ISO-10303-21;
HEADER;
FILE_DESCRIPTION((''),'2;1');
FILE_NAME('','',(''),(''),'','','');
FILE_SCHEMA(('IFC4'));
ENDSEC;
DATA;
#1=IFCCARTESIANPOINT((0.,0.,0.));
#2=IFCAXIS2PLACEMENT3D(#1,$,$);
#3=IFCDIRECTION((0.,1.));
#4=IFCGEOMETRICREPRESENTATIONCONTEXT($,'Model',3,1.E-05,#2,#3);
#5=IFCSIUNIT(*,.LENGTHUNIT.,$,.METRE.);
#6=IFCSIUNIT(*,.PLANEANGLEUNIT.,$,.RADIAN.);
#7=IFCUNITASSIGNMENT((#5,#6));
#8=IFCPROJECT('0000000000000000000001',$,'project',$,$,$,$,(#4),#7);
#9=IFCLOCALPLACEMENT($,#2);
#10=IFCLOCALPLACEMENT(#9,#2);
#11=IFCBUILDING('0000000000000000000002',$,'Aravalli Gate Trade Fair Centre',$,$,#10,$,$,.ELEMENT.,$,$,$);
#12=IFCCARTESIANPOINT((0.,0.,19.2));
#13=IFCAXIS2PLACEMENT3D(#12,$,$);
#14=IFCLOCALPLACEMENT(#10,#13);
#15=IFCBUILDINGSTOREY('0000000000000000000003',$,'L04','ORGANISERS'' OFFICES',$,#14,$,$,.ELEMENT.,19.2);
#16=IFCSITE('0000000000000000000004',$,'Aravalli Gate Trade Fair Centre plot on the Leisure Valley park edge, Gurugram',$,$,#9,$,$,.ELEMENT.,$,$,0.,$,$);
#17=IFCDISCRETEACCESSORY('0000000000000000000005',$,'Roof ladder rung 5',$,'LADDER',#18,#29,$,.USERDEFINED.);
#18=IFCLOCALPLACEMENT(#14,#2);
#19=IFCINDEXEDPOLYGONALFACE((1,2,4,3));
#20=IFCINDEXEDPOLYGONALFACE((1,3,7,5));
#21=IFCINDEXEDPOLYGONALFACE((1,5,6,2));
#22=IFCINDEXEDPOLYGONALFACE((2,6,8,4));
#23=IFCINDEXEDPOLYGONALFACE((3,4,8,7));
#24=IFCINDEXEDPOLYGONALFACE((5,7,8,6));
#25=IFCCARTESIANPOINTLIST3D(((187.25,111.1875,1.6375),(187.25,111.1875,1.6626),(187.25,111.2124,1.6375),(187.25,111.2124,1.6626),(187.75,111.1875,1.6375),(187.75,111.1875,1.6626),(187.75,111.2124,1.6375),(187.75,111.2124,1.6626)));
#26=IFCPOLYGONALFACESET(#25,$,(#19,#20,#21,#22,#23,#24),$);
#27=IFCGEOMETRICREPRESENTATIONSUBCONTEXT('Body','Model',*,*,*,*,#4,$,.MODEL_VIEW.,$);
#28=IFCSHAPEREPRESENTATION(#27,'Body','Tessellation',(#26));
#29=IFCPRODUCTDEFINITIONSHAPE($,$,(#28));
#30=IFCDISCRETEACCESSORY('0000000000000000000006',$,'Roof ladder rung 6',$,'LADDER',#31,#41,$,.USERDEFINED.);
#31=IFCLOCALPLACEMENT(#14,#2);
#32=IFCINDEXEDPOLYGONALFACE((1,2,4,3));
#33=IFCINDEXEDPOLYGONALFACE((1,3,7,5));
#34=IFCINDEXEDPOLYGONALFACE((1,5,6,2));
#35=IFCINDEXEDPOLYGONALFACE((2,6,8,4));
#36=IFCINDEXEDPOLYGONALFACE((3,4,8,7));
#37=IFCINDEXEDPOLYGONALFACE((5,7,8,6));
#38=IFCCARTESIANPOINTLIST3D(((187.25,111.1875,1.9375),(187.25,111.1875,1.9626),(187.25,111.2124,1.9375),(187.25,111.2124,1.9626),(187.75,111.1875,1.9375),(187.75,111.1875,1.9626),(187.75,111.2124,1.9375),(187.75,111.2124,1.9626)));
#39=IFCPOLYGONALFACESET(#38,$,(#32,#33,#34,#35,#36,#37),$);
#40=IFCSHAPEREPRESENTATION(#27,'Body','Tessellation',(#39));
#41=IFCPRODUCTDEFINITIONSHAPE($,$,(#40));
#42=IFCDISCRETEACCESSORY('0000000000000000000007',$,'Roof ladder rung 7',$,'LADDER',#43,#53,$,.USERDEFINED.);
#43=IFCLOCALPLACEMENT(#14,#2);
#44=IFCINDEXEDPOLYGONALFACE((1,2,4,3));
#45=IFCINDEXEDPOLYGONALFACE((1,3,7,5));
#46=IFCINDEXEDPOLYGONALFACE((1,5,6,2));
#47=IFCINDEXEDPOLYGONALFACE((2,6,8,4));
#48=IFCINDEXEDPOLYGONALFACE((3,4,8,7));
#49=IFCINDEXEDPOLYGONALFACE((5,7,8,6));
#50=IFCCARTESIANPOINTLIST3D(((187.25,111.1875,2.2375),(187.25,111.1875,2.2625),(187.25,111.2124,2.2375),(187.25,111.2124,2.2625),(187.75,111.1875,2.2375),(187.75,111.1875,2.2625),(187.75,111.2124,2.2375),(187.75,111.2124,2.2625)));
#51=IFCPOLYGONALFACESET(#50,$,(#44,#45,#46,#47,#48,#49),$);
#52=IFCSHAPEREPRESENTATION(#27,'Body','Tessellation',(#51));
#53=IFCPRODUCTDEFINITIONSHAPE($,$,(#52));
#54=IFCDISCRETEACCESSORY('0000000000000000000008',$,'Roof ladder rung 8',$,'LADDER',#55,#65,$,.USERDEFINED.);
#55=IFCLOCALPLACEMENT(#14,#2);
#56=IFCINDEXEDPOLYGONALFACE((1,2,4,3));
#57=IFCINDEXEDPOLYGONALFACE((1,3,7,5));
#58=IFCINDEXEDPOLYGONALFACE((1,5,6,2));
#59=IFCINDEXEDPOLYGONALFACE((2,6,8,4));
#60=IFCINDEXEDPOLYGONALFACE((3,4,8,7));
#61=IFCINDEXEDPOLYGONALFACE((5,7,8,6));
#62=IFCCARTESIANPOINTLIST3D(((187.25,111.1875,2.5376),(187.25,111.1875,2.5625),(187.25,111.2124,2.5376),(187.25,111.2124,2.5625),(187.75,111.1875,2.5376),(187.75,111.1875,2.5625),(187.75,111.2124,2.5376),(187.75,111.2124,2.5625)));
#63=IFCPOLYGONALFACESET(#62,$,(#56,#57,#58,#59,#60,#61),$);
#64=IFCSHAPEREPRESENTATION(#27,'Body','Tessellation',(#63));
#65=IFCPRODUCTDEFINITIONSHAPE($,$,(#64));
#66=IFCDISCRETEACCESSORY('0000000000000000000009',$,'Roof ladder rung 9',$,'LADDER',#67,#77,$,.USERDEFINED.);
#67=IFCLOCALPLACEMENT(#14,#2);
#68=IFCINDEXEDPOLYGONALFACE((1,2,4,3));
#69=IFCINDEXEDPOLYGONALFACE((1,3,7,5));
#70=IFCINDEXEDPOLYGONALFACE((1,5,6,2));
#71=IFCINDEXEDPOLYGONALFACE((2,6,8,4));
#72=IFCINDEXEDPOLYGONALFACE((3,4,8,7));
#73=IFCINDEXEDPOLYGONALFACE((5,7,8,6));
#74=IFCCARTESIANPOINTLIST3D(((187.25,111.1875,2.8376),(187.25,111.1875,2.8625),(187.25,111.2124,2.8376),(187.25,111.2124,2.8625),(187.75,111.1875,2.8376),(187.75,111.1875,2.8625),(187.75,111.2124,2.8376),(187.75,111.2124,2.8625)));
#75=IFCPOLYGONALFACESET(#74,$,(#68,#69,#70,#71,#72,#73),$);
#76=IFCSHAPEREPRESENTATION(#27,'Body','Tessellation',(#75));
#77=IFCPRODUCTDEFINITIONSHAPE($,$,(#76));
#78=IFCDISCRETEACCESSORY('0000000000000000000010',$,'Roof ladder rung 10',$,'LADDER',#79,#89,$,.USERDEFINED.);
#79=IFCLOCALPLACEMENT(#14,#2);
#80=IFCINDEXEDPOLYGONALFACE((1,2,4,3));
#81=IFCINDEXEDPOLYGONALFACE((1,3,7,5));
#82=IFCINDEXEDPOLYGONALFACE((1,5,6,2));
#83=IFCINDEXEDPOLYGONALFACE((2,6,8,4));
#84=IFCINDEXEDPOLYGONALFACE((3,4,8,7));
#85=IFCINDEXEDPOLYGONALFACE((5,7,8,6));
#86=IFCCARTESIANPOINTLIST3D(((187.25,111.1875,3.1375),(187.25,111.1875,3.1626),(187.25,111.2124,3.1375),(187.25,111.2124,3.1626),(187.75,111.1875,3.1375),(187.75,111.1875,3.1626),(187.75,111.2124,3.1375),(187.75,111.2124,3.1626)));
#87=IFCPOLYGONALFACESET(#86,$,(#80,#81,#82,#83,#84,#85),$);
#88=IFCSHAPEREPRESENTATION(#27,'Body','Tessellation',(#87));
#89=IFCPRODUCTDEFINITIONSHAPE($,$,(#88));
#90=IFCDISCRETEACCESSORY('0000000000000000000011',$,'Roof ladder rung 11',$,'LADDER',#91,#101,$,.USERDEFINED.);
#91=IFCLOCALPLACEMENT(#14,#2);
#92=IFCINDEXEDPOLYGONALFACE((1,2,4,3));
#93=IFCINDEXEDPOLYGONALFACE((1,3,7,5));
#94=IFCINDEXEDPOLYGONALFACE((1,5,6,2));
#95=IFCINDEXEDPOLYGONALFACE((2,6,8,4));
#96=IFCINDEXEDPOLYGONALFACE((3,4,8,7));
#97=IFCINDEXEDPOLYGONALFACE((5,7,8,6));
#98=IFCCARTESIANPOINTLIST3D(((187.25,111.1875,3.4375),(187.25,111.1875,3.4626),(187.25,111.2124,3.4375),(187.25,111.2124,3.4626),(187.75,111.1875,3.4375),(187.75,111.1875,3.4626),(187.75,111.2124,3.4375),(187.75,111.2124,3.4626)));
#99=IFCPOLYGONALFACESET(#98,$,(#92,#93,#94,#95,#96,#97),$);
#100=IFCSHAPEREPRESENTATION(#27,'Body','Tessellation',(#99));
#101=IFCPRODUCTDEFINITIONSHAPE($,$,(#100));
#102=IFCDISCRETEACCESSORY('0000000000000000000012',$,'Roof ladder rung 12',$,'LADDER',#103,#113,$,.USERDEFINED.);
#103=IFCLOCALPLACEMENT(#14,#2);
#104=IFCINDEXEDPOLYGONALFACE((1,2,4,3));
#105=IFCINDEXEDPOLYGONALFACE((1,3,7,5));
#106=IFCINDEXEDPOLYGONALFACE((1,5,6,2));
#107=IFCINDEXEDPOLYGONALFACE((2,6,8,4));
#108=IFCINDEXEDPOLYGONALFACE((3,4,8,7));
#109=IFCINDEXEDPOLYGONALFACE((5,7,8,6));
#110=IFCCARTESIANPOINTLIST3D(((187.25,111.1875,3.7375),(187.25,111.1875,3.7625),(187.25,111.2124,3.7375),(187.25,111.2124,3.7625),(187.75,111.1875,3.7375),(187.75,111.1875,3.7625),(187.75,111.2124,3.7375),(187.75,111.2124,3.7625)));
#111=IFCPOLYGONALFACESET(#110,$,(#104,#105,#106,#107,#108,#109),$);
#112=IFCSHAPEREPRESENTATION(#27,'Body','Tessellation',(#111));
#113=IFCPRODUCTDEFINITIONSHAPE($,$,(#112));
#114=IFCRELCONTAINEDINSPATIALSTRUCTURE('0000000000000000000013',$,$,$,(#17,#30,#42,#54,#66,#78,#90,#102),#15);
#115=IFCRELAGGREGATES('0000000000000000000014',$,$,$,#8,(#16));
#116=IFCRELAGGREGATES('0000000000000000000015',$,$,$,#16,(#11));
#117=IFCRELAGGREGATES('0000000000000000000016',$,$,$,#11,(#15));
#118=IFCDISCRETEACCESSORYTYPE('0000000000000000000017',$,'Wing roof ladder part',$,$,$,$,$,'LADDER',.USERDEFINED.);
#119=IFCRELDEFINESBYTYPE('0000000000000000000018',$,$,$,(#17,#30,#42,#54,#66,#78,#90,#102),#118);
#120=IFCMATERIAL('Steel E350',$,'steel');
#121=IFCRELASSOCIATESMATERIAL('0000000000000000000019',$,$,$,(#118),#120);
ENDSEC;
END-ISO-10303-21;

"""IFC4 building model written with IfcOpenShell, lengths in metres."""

from ifc_helpers import new_model, si_unit, direction, frame, origin, place, context, subcontext, project, spatial, polyline, outline, extrude, material, type_object, element, save


model = new_model("IFC4")

# Units and contexts
model_context = context("Model", 3, precision=1e-05, world=origin(), true_north=direction((0.0, 1.0)))
body_context = subcontext(model_context, "Body", "Model", "MODEL_VIEW")
ifc_project = project(units=[si_unit("LENGTHUNIT", "METRE"), si_unit("PLANEANGLEUNIT", "RADIAN")], contexts=[model_context])

# Site, building, storey
site_placement = place(None, origin())
site = spatial("IfcSite", under=ifc_project, at=site_placement, Name="Aravalli Gate Trade Fair Centre plot on the Leisure Valley park edge, Gurugram", CompositionType="ELEMENT", RefElevation=0.0)
building_placement = place(site_placement, origin())
building = spatial("IfcBuilding", under=site, at=building_placement, Name="Aravalli Gate Trade Fair Centre", CompositionType="ELEMENT")
storey_placement = place(building_placement, frame((0.0, 0.0, 19.2)))
storey = spatial("IfcBuildingStorey", under=building, at=storey_placement, Name="L04", Description="ORGANISERS' OFFICES", CompositionType="ELEMENT", Elevation=19.2)

# Discrete accessories
ifc_material_1 = material(Name="Steel E350", Category="steel")
discrete_accessory_type = type_object("IfcDiscreteAccessoryType", Name="Wing roof ladder part", ElementType="LADDER", PredefinedType="USERDEFINED", material=ifc_material_1)
for number, where, name in (
    (1, (0.0, 0.0, 1.6375), "Roof ladder rung 5"),
    (2, (0.0, 0.0, 1.9375), "Roof ladder rung 6"),
):
    element("IfcDiscreteAccessory", number, at=place(storey_placement, frame(where)), inside=storey, type_object=discrete_accessory_type, Name=name, ObjectType="LADDER", PredefinedType="USERDEFINED", context=body_context, shape_type="SweptSolid", body=[
        extrude(outline(polyline([(187.25, 111.1875), (187.75, 111.1875), (187.75, 111.2124), (187.25, 111.2124), (187.25, 111.1875)])), origin(), (0.0, 0.0, 1.0), 0.0251),
    ])
for number, where, name in (
    (3, (0.0, 0.0, 2.2375), "Roof ladder rung 7"),
    (4, (0.0, 0.0, 2.5376), "Roof ladder rung 8"),
    (5, (0.0, 0.0, 2.8376), "Roof ladder rung 9"),
):
    element("IfcDiscreteAccessory", number, at=place(storey_placement, frame(where)), inside=storey, type_object=discrete_accessory_type, Name=name, ObjectType="LADDER", PredefinedType="USERDEFINED", context=body_context, shape_type="SweptSolid", body=[
        extrude(outline(polyline([(187.25, 111.1875), (187.75, 111.1875), (187.75, 111.2124), (187.25, 111.2124), (187.25, 111.1875)])), origin(), (0.0, 0.0, 1.0), 0.0249),
    ])
for number, where, name in (
    (6, (0.0, 0.0, 3.1375), "Roof ladder rung 10"),
    (7, (0.0, 0.0, 3.4375), "Roof ladder rung 11"),
):
    element("IfcDiscreteAccessory", number, at=place(storey_placement, frame(where)), inside=storey, type_object=discrete_accessory_type, Name=name, ObjectType="LADDER", PredefinedType="USERDEFINED", context=body_context, shape_type="SweptSolid", body=[
        extrude(outline(polyline([(187.25, 111.1875), (187.75, 111.1875), (187.75, 111.2124), (187.25, 111.2124), (187.25, 111.1875)])), origin(), (0.0, 0.0, 1.0), 0.0251),
    ])
discrete_accessory_1_placement = place(storey_placement, frame((0.0, 0.0, 3.7375)))
element("IfcDiscreteAccessory", 8, at=discrete_accessory_1_placement, inside=storey, type_object=discrete_accessory_type, Name="Roof ladder rung 12", ObjectType="LADDER", PredefinedType="USERDEFINED", context=body_context, shape_type="SweptSolid", body=[
    extrude(outline(polyline([(187.25, 111.1875), (187.75, 111.1875), (187.75, 111.2124), (187.25, 111.2124), (187.25, 111.1875)])), origin(), (0.0, 0.0, 1.0), 0.0249),
])

save(model, "model.ifc")
